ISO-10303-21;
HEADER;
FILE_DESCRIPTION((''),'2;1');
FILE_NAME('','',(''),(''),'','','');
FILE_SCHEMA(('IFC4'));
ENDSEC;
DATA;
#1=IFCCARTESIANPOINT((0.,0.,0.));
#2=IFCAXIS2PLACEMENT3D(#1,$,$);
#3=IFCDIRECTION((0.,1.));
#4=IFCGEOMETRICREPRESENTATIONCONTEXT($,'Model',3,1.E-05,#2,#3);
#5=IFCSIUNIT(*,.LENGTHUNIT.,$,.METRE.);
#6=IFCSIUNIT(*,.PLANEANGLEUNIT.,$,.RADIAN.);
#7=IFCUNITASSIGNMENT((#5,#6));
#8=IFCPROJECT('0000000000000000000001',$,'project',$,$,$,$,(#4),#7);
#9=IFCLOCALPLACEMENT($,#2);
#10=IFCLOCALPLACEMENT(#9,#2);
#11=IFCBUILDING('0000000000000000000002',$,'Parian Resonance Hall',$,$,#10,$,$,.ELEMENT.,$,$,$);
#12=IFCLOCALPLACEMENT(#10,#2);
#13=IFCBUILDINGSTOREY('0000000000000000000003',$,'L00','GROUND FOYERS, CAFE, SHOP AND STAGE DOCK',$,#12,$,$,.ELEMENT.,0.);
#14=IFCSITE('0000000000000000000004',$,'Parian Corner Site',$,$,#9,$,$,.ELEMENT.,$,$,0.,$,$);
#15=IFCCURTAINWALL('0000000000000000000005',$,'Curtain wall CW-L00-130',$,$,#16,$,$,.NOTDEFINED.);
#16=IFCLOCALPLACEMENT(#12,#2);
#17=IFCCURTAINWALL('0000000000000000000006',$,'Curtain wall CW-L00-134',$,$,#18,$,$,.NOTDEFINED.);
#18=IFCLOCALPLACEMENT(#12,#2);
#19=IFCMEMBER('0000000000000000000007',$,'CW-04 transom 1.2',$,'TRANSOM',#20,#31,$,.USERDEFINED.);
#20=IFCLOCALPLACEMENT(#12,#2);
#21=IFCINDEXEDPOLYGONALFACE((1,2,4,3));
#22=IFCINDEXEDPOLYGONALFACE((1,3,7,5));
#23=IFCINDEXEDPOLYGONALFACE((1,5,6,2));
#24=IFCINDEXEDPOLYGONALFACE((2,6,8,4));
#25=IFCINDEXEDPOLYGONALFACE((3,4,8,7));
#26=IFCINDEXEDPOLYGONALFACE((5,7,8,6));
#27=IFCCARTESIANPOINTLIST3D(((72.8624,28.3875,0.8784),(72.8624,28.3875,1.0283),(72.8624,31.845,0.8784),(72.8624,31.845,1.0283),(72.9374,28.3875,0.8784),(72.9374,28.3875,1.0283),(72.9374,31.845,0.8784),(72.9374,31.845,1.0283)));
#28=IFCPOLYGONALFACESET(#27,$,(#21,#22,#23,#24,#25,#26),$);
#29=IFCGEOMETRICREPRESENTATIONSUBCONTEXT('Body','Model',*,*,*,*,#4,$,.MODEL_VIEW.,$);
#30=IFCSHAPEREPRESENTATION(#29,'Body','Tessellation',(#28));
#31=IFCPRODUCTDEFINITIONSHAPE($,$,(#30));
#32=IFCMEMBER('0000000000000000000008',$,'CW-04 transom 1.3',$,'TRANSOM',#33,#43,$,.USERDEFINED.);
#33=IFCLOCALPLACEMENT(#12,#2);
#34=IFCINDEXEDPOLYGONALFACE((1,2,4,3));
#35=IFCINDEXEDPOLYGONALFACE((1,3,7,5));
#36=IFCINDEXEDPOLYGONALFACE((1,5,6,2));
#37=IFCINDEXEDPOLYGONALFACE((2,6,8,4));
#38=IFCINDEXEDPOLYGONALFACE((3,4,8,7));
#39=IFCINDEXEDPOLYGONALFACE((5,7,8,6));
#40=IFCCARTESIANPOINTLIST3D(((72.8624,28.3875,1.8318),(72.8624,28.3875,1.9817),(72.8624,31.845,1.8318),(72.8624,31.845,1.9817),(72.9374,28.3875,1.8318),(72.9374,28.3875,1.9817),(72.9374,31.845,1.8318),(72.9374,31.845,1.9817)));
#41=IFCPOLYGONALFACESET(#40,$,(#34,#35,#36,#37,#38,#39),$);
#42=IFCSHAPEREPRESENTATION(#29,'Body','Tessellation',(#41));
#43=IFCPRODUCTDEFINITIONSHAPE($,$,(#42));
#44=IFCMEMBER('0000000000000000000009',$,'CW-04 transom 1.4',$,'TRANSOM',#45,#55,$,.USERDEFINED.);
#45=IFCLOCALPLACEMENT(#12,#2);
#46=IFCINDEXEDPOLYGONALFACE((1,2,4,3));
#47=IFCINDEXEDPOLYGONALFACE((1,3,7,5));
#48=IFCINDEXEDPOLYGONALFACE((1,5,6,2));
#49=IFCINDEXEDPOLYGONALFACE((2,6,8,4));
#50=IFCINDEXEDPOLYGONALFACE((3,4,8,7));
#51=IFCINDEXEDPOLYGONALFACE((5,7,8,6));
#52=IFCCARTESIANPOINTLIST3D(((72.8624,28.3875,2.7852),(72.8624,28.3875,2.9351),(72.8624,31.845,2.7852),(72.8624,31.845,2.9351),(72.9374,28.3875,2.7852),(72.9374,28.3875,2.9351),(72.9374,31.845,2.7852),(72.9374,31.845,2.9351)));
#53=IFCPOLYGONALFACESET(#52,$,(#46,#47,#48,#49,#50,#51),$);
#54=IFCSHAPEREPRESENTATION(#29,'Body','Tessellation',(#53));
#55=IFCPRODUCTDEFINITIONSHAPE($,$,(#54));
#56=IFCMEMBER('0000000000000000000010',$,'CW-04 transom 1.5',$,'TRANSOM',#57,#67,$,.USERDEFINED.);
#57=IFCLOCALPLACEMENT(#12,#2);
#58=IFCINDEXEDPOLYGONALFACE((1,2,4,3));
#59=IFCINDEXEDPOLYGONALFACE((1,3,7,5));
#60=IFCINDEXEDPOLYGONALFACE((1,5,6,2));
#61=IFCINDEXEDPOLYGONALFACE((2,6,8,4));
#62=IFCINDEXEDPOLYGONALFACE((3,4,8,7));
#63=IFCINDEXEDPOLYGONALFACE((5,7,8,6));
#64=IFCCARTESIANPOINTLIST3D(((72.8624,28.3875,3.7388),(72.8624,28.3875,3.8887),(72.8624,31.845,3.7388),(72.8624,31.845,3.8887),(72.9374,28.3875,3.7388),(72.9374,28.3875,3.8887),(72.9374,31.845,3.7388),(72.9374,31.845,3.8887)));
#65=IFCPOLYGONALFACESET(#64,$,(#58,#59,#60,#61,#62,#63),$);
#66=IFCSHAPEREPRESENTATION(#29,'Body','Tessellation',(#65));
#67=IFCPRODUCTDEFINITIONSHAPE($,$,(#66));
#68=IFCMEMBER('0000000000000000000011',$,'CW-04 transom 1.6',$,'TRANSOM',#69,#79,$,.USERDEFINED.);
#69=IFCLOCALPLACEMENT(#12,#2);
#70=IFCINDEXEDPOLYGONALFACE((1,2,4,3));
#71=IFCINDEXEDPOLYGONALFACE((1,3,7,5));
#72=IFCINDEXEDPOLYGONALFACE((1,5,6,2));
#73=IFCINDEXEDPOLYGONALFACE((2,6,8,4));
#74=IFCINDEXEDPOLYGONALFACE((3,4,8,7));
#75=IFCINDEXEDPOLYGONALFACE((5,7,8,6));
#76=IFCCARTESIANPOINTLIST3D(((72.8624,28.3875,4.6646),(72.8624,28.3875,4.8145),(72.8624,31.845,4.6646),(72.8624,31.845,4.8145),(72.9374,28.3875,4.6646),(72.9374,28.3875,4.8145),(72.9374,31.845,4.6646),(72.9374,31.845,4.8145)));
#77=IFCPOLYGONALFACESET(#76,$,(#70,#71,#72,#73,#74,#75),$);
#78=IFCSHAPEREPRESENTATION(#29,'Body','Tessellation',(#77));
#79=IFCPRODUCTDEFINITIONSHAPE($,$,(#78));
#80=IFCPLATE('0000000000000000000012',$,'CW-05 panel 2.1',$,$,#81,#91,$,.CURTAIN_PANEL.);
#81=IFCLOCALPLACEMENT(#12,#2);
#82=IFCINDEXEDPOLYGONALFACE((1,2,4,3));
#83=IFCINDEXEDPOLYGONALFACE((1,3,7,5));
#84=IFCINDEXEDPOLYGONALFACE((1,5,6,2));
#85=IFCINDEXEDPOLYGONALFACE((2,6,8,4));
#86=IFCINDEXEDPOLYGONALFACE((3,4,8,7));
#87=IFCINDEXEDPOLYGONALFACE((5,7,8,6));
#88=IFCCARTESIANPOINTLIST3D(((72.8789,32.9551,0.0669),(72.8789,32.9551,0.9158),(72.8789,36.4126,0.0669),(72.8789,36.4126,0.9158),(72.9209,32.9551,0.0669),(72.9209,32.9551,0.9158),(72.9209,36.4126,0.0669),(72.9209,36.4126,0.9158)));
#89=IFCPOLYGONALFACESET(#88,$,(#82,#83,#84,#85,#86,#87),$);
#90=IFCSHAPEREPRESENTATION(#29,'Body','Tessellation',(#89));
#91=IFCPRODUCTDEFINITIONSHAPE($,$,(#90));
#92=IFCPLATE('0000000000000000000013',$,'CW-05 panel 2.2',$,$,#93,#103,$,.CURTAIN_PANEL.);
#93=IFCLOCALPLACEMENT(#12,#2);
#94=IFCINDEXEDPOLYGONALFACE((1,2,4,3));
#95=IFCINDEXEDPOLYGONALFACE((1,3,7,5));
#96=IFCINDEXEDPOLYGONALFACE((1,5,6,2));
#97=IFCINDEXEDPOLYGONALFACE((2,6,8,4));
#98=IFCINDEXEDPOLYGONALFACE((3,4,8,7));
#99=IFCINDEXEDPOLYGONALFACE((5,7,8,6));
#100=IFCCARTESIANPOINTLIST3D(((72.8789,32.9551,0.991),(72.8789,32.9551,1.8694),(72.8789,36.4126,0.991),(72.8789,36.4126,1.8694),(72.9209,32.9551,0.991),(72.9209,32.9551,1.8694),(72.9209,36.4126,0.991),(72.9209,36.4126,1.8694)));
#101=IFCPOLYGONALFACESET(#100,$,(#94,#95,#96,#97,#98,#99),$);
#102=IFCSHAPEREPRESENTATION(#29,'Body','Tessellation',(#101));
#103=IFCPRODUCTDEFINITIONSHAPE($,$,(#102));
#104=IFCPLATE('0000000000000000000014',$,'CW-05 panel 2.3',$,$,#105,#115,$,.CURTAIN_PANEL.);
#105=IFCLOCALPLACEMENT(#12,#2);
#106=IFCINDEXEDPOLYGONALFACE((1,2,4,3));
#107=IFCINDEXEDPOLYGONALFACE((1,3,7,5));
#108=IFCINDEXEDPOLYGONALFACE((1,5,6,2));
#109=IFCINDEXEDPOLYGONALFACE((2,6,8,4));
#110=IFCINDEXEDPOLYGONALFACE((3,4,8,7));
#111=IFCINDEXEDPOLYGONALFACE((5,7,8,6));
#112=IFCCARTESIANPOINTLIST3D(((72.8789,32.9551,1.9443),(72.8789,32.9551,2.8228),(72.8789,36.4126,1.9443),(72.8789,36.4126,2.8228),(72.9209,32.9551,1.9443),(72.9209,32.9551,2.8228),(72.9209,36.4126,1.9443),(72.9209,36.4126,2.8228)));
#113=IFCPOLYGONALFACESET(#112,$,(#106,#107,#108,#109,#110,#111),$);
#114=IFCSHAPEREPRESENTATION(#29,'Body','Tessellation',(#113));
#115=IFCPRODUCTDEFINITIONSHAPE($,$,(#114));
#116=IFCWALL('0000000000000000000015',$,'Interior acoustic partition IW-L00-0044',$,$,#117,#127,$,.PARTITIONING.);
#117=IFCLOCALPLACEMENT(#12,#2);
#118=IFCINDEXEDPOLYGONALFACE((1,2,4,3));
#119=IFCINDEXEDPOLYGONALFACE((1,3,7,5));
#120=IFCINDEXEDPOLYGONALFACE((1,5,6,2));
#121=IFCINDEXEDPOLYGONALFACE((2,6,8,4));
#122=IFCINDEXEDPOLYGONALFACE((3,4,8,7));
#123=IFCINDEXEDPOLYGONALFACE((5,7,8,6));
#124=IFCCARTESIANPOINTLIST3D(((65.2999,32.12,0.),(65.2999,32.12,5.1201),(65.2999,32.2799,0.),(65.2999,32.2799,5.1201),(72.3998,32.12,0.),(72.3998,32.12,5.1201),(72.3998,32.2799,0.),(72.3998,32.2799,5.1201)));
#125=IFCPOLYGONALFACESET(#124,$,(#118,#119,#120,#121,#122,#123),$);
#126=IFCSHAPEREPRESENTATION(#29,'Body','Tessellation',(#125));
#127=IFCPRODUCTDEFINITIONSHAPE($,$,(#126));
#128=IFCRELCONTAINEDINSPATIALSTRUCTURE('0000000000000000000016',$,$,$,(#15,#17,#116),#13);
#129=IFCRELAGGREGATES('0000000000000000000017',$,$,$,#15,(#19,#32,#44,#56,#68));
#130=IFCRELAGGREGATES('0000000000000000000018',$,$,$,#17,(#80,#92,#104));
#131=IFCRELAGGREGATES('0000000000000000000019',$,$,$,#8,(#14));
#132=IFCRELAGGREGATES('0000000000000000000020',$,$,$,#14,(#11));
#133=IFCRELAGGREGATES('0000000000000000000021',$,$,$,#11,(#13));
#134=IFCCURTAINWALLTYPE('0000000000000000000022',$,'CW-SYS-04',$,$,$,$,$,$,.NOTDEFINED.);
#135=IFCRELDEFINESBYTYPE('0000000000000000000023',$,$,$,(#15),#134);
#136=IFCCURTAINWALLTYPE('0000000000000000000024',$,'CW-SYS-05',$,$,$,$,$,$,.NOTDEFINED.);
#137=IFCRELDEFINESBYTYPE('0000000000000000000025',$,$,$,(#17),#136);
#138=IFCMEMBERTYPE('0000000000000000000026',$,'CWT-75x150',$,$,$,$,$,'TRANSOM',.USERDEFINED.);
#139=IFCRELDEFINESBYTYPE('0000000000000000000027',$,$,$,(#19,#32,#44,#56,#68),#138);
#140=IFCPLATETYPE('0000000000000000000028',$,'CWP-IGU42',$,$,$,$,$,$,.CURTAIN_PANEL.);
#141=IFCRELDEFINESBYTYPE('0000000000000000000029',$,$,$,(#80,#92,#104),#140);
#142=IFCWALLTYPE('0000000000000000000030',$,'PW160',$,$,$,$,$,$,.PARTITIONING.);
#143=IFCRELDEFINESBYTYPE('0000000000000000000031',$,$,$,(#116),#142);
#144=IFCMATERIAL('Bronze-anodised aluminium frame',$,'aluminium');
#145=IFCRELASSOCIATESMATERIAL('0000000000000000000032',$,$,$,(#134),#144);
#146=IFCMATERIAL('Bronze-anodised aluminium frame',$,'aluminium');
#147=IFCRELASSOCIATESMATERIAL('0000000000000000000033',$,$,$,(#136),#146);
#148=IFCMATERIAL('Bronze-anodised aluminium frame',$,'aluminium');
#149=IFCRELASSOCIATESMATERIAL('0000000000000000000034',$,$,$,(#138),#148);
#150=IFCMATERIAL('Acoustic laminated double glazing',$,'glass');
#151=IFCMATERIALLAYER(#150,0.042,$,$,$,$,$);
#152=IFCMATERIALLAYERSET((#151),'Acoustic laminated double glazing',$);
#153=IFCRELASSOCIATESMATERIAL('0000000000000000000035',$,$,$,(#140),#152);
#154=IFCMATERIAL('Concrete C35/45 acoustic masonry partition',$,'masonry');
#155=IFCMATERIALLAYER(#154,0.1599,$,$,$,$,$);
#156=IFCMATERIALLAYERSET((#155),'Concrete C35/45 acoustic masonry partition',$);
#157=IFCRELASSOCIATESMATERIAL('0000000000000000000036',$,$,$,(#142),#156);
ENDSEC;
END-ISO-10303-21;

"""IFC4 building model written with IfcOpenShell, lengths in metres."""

from ifc_helpers import new_model, si_unit, direction, frame, frame_2d, origin, origin_2d, place, context, subcontext, project, spatial, rectangle, extrude, material, layer, layer_set, material_profile, profile_set, type_object, element, aggregate, save


model = new_model("IFC4")

# Units and contexts
model_context = context("Model", 3, precision=1e-05, world=origin(), true_north=direction((0.0, 1.0)))
body_context = subcontext(model_context, "Body", "Model", "MODEL_VIEW")
ifc_project = project(units=[si_unit("LENGTHUNIT", "METRE"), si_unit("PLANEANGLEUNIT", "RADIAN")], contexts=[model_context])

# Site, building, storey
site_placement = place(None, origin())
site = spatial("IfcSite", under=ifc_project, at=site_placement, Name="Parian Corner Site", CompositionType="ELEMENT", RefElevation=0.0)
building_placement = place(site_placement, origin())
building = spatial("IfcBuilding", under=site, at=building_placement, Name="Parian Resonance Hall", CompositionType="ELEMENT")
storey_placement = place(building_placement, origin())
storey = spatial("IfcBuildingStorey", under=building, at=storey_placement, Name="L00", Description="GROUND FOYERS, CAFE, SHOP AND STAGE DOCK", CompositionType="ELEMENT", Elevation=0.0)

# Curtain walls
ifc_material_1 = material(Name="Bronze-anodised aluminium frame", Category="aluminium")
curtain_wall_type_1 = type_object("IfcCurtainWallType", Name="CW-SYS-04", PredefinedType="NOTDEFINED", material=ifc_material_1)
curtain_wall_1_placement = place(storey_placement, origin())
curtain_wall_1 = element("IfcCurtainWall", 1, at=curtain_wall_1_placement, inside=storey, type_object=curtain_wall_type_1, Name="Curtain wall CW-L00-130", PredefinedType="NOTDEFINED")
ifc_material_2 = material(Name="Bronze-anodised aluminium frame", Category="aluminium")
curtain_wall_type_2 = type_object("IfcCurtainWallType", Name="CW-SYS-05", PredefinedType="NOTDEFINED", material=ifc_material_2)
curtain_wall_2_placement = place(storey_placement, origin())
curtain_wall_2 = element("IfcCurtainWall", 2, at=curtain_wall_2_placement, inside=storey, type_object=curtain_wall_type_2, Name="Curtain wall CW-L00-134", PredefinedType="NOTDEFINED")

# Members
ifc_material_3 = material(Name="Bronze-anodised aluminium frame", Category="aluminium")
ifc_material_profile_1 = material_profile(ifc_material_3, rectangle(XDim=0.075, YDim=0.1499, at=origin_2d()), Name="CWT-75x150")
ifc_profile_set_1 = profile_set([ifc_material_profile_1], Name="Bronze-anodised aluminium frame")
member_type_1 = type_object("IfcMemberType", Name="CWT-75x150", ElementType="TRANSOM", PredefinedType="USERDEFINED", material=ifc_profile_set_1)
member_1_placement = place(storey_placement, frame((72.8999, 31.845, 0.9534), z_axis=(0.0, -1.0, 0.0), x_axis=(1.0, 0.0, 0.0)))
member_1 = element("IfcMember", 3, at=member_1_placement, type_object=member_type_1, Name="CW-04 transom 1.2", ObjectType="TRANSOM", PredefinedType="USERDEFINED", context=body_context, shape_type="SweptSolid", body=[
    extrude(rectangle(XDim=0.075, YDim=0.1499, at=origin_2d()), origin(), (0.0, 0.0, 1.0), 3.4575),
])
member_2_placement = place(storey_placement, frame((72.8999, 31.845, 1.9067), z_axis=(0.0, -1.0, 0.0), x_axis=(1.0, 0.0, 0.0)))
member_2 = element("IfcMember", 4, at=member_2_placement, type_object=member_type_1, Name="CW-04 transom 1.3", ObjectType="TRANSOM", PredefinedType="USERDEFINED", context=body_context, shape_type="SweptSolid", body=[
    extrude(rectangle(XDim=0.075, YDim=0.1499, at=origin_2d()), origin(), (0.0, 0.0, 1.0), 3.4575),
])
member_3_placement = place(storey_placement, frame((72.8999, 31.845, 2.8601), z_axis=(0.0, -1.0, 0.0), x_axis=(1.0, 0.0, 0.0)))
member_3 = element("IfcMember", 5, at=member_3_placement, type_object=member_type_1, Name="CW-04 transom 1.4", ObjectType="TRANSOM", PredefinedType="USERDEFINED", context=body_context, shape_type="SweptSolid", body=[
    extrude(rectangle(XDim=0.075, YDim=0.1499, at=origin_2d()), origin(), (0.0, 0.0, 1.0), 3.4575),
])
member_4_placement = place(storey_placement, frame((72.8999, 31.845, 3.8137), z_axis=(0.0, -1.0, 0.0), x_axis=(1.0, 0.0, 0.0)))
member_4 = element("IfcMember", 6, at=member_4_placement, type_object=member_type_1, Name="CW-04 transom 1.5", ObjectType="TRANSOM", PredefinedType="USERDEFINED", context=body_context, shape_type="SweptSolid", body=[
    extrude(rectangle(XDim=0.075, YDim=0.1499, at=origin_2d()), origin(), (0.0, 0.0, 1.0), 3.4575),
])
member_5_placement = place(storey_placement, frame((72.8999, 31.845, 4.7395), z_axis=(0.0, -1.0, 0.0), x_axis=(1.0, 0.0, 0.0)))
member_5 = element("IfcMember", 7, at=member_5_placement, type_object=member_type_1, Name="CW-04 transom 1.6", ObjectType="TRANSOM", PredefinedType="USERDEFINED", context=body_context, shape_type="SweptSolid", body=[
    extrude(rectangle(XDim=0.075, YDim=0.1499, at=origin_2d()), origin(), (0.0, 0.0, 1.0), 3.4575),
])
aggregate(curtain_wall_1, [member_1, member_2, member_3, member_4, member_5])

# Plates
ifc_material_4 = material(Name="Acoustic laminated double glazing", Category="glass")
ifc_layer_1 = layer(ifc_material_4, 0.042)
ifc_layer_set_1 = layer_set([ifc_layer_1], Name="Acoustic laminated double glazing")
plate_type = type_object("IfcPlateType", Name="CWP-IGU42", PredefinedType="CURTAIN_PANEL", material=ifc_layer_set_1)
plate_1_placement = place(storey_placement, frame((72.8999, 34.6838, 0.0669), z_axis=(0.0, 0.0, 1.0), x_axis=(0.0, -1.0, 0.0)))
plate_1 = element("IfcPlate", 8, at=plate_1_placement, type_object=plate_type, Name="CW-05 panel 2.1", PredefinedType="CURTAIN_PANEL", context=body_context, shape_type="SweptSolid", body=[
    extrude(rectangle(XDim=3.4575, YDim=0.042, at=origin_2d()), origin(), (0.0, 0.0, 1.0), 0.8489),
])
plate_2_placement = place(storey_placement, frame((72.8999, 34.6838, 0.991), z_axis=(0.0, 0.0, 1.0), x_axis=(0.0, -1.0, 0.0)))
plate_2 = element("IfcPlate", 9, at=plate_2_placement, type_object=plate_type, Name="CW-05 panel 2.2", PredefinedType="CURTAIN_PANEL", context=body_context, shape_type="SweptSolid", body=[
    extrude(rectangle(XDim=3.4575, YDim=0.042, at=origin_2d()), origin(), (0.0, 0.0, 1.0), 0.8784),
])
plate_3_placement = place(storey_placement, frame((72.8999, 34.6838, 1.9443), z_axis=(0.0, 0.0, 1.0), x_axis=(0.0, -1.0, 0.0)))
plate_3 = element("IfcPlate", 10, at=plate_3_placement, type_object=plate_type, Name="CW-05 panel 2.3", PredefinedType="CURTAIN_PANEL", context=body_context, shape_type="SweptSolid", body=[
    extrude(rectangle(XDim=3.4575, YDim=0.042, at=origin_2d()), origin(), (0.0, 0.0, 1.0), 0.8784),
])
aggregate(curtain_wall_2, [plate_1, plate_2, plate_3])

# Wall
ifc_material_5 = material(Name="Concrete C35/45 acoustic masonry partition", Category="masonry")
ifc_layer_2 = layer(ifc_material_5, 0.1599)
ifc_layer_set_2 = layer_set([ifc_layer_2], Name="Concrete C35/45 acoustic masonry partition")
wall_type = type_object("IfcWallType", Name="PW160", PredefinedType="PARTITIONING", material=ifc_layer_set_2)
wall_placement = place(storey_placement, frame((65.3, 32.2, 0.0), z_axis=(0.0, 0.0, 1.0), x_axis=(1.0, 0.0, 0.0)))
element("IfcWall", 11, at=wall_placement, inside=storey, type_object=wall_type, Name="Interior acoustic partition IW-L00-0044", PredefinedType="PARTITIONING", context=body_context, shape_type="SweptSolid", body=[
    extrude(rectangle(XDim=7.0999, YDim=0.1599, at=frame_2d((3.5498, 0.0))), origin(), (0.0, 0.0, 1.0), 5.1201),
])

save(model, "model.ifc")
